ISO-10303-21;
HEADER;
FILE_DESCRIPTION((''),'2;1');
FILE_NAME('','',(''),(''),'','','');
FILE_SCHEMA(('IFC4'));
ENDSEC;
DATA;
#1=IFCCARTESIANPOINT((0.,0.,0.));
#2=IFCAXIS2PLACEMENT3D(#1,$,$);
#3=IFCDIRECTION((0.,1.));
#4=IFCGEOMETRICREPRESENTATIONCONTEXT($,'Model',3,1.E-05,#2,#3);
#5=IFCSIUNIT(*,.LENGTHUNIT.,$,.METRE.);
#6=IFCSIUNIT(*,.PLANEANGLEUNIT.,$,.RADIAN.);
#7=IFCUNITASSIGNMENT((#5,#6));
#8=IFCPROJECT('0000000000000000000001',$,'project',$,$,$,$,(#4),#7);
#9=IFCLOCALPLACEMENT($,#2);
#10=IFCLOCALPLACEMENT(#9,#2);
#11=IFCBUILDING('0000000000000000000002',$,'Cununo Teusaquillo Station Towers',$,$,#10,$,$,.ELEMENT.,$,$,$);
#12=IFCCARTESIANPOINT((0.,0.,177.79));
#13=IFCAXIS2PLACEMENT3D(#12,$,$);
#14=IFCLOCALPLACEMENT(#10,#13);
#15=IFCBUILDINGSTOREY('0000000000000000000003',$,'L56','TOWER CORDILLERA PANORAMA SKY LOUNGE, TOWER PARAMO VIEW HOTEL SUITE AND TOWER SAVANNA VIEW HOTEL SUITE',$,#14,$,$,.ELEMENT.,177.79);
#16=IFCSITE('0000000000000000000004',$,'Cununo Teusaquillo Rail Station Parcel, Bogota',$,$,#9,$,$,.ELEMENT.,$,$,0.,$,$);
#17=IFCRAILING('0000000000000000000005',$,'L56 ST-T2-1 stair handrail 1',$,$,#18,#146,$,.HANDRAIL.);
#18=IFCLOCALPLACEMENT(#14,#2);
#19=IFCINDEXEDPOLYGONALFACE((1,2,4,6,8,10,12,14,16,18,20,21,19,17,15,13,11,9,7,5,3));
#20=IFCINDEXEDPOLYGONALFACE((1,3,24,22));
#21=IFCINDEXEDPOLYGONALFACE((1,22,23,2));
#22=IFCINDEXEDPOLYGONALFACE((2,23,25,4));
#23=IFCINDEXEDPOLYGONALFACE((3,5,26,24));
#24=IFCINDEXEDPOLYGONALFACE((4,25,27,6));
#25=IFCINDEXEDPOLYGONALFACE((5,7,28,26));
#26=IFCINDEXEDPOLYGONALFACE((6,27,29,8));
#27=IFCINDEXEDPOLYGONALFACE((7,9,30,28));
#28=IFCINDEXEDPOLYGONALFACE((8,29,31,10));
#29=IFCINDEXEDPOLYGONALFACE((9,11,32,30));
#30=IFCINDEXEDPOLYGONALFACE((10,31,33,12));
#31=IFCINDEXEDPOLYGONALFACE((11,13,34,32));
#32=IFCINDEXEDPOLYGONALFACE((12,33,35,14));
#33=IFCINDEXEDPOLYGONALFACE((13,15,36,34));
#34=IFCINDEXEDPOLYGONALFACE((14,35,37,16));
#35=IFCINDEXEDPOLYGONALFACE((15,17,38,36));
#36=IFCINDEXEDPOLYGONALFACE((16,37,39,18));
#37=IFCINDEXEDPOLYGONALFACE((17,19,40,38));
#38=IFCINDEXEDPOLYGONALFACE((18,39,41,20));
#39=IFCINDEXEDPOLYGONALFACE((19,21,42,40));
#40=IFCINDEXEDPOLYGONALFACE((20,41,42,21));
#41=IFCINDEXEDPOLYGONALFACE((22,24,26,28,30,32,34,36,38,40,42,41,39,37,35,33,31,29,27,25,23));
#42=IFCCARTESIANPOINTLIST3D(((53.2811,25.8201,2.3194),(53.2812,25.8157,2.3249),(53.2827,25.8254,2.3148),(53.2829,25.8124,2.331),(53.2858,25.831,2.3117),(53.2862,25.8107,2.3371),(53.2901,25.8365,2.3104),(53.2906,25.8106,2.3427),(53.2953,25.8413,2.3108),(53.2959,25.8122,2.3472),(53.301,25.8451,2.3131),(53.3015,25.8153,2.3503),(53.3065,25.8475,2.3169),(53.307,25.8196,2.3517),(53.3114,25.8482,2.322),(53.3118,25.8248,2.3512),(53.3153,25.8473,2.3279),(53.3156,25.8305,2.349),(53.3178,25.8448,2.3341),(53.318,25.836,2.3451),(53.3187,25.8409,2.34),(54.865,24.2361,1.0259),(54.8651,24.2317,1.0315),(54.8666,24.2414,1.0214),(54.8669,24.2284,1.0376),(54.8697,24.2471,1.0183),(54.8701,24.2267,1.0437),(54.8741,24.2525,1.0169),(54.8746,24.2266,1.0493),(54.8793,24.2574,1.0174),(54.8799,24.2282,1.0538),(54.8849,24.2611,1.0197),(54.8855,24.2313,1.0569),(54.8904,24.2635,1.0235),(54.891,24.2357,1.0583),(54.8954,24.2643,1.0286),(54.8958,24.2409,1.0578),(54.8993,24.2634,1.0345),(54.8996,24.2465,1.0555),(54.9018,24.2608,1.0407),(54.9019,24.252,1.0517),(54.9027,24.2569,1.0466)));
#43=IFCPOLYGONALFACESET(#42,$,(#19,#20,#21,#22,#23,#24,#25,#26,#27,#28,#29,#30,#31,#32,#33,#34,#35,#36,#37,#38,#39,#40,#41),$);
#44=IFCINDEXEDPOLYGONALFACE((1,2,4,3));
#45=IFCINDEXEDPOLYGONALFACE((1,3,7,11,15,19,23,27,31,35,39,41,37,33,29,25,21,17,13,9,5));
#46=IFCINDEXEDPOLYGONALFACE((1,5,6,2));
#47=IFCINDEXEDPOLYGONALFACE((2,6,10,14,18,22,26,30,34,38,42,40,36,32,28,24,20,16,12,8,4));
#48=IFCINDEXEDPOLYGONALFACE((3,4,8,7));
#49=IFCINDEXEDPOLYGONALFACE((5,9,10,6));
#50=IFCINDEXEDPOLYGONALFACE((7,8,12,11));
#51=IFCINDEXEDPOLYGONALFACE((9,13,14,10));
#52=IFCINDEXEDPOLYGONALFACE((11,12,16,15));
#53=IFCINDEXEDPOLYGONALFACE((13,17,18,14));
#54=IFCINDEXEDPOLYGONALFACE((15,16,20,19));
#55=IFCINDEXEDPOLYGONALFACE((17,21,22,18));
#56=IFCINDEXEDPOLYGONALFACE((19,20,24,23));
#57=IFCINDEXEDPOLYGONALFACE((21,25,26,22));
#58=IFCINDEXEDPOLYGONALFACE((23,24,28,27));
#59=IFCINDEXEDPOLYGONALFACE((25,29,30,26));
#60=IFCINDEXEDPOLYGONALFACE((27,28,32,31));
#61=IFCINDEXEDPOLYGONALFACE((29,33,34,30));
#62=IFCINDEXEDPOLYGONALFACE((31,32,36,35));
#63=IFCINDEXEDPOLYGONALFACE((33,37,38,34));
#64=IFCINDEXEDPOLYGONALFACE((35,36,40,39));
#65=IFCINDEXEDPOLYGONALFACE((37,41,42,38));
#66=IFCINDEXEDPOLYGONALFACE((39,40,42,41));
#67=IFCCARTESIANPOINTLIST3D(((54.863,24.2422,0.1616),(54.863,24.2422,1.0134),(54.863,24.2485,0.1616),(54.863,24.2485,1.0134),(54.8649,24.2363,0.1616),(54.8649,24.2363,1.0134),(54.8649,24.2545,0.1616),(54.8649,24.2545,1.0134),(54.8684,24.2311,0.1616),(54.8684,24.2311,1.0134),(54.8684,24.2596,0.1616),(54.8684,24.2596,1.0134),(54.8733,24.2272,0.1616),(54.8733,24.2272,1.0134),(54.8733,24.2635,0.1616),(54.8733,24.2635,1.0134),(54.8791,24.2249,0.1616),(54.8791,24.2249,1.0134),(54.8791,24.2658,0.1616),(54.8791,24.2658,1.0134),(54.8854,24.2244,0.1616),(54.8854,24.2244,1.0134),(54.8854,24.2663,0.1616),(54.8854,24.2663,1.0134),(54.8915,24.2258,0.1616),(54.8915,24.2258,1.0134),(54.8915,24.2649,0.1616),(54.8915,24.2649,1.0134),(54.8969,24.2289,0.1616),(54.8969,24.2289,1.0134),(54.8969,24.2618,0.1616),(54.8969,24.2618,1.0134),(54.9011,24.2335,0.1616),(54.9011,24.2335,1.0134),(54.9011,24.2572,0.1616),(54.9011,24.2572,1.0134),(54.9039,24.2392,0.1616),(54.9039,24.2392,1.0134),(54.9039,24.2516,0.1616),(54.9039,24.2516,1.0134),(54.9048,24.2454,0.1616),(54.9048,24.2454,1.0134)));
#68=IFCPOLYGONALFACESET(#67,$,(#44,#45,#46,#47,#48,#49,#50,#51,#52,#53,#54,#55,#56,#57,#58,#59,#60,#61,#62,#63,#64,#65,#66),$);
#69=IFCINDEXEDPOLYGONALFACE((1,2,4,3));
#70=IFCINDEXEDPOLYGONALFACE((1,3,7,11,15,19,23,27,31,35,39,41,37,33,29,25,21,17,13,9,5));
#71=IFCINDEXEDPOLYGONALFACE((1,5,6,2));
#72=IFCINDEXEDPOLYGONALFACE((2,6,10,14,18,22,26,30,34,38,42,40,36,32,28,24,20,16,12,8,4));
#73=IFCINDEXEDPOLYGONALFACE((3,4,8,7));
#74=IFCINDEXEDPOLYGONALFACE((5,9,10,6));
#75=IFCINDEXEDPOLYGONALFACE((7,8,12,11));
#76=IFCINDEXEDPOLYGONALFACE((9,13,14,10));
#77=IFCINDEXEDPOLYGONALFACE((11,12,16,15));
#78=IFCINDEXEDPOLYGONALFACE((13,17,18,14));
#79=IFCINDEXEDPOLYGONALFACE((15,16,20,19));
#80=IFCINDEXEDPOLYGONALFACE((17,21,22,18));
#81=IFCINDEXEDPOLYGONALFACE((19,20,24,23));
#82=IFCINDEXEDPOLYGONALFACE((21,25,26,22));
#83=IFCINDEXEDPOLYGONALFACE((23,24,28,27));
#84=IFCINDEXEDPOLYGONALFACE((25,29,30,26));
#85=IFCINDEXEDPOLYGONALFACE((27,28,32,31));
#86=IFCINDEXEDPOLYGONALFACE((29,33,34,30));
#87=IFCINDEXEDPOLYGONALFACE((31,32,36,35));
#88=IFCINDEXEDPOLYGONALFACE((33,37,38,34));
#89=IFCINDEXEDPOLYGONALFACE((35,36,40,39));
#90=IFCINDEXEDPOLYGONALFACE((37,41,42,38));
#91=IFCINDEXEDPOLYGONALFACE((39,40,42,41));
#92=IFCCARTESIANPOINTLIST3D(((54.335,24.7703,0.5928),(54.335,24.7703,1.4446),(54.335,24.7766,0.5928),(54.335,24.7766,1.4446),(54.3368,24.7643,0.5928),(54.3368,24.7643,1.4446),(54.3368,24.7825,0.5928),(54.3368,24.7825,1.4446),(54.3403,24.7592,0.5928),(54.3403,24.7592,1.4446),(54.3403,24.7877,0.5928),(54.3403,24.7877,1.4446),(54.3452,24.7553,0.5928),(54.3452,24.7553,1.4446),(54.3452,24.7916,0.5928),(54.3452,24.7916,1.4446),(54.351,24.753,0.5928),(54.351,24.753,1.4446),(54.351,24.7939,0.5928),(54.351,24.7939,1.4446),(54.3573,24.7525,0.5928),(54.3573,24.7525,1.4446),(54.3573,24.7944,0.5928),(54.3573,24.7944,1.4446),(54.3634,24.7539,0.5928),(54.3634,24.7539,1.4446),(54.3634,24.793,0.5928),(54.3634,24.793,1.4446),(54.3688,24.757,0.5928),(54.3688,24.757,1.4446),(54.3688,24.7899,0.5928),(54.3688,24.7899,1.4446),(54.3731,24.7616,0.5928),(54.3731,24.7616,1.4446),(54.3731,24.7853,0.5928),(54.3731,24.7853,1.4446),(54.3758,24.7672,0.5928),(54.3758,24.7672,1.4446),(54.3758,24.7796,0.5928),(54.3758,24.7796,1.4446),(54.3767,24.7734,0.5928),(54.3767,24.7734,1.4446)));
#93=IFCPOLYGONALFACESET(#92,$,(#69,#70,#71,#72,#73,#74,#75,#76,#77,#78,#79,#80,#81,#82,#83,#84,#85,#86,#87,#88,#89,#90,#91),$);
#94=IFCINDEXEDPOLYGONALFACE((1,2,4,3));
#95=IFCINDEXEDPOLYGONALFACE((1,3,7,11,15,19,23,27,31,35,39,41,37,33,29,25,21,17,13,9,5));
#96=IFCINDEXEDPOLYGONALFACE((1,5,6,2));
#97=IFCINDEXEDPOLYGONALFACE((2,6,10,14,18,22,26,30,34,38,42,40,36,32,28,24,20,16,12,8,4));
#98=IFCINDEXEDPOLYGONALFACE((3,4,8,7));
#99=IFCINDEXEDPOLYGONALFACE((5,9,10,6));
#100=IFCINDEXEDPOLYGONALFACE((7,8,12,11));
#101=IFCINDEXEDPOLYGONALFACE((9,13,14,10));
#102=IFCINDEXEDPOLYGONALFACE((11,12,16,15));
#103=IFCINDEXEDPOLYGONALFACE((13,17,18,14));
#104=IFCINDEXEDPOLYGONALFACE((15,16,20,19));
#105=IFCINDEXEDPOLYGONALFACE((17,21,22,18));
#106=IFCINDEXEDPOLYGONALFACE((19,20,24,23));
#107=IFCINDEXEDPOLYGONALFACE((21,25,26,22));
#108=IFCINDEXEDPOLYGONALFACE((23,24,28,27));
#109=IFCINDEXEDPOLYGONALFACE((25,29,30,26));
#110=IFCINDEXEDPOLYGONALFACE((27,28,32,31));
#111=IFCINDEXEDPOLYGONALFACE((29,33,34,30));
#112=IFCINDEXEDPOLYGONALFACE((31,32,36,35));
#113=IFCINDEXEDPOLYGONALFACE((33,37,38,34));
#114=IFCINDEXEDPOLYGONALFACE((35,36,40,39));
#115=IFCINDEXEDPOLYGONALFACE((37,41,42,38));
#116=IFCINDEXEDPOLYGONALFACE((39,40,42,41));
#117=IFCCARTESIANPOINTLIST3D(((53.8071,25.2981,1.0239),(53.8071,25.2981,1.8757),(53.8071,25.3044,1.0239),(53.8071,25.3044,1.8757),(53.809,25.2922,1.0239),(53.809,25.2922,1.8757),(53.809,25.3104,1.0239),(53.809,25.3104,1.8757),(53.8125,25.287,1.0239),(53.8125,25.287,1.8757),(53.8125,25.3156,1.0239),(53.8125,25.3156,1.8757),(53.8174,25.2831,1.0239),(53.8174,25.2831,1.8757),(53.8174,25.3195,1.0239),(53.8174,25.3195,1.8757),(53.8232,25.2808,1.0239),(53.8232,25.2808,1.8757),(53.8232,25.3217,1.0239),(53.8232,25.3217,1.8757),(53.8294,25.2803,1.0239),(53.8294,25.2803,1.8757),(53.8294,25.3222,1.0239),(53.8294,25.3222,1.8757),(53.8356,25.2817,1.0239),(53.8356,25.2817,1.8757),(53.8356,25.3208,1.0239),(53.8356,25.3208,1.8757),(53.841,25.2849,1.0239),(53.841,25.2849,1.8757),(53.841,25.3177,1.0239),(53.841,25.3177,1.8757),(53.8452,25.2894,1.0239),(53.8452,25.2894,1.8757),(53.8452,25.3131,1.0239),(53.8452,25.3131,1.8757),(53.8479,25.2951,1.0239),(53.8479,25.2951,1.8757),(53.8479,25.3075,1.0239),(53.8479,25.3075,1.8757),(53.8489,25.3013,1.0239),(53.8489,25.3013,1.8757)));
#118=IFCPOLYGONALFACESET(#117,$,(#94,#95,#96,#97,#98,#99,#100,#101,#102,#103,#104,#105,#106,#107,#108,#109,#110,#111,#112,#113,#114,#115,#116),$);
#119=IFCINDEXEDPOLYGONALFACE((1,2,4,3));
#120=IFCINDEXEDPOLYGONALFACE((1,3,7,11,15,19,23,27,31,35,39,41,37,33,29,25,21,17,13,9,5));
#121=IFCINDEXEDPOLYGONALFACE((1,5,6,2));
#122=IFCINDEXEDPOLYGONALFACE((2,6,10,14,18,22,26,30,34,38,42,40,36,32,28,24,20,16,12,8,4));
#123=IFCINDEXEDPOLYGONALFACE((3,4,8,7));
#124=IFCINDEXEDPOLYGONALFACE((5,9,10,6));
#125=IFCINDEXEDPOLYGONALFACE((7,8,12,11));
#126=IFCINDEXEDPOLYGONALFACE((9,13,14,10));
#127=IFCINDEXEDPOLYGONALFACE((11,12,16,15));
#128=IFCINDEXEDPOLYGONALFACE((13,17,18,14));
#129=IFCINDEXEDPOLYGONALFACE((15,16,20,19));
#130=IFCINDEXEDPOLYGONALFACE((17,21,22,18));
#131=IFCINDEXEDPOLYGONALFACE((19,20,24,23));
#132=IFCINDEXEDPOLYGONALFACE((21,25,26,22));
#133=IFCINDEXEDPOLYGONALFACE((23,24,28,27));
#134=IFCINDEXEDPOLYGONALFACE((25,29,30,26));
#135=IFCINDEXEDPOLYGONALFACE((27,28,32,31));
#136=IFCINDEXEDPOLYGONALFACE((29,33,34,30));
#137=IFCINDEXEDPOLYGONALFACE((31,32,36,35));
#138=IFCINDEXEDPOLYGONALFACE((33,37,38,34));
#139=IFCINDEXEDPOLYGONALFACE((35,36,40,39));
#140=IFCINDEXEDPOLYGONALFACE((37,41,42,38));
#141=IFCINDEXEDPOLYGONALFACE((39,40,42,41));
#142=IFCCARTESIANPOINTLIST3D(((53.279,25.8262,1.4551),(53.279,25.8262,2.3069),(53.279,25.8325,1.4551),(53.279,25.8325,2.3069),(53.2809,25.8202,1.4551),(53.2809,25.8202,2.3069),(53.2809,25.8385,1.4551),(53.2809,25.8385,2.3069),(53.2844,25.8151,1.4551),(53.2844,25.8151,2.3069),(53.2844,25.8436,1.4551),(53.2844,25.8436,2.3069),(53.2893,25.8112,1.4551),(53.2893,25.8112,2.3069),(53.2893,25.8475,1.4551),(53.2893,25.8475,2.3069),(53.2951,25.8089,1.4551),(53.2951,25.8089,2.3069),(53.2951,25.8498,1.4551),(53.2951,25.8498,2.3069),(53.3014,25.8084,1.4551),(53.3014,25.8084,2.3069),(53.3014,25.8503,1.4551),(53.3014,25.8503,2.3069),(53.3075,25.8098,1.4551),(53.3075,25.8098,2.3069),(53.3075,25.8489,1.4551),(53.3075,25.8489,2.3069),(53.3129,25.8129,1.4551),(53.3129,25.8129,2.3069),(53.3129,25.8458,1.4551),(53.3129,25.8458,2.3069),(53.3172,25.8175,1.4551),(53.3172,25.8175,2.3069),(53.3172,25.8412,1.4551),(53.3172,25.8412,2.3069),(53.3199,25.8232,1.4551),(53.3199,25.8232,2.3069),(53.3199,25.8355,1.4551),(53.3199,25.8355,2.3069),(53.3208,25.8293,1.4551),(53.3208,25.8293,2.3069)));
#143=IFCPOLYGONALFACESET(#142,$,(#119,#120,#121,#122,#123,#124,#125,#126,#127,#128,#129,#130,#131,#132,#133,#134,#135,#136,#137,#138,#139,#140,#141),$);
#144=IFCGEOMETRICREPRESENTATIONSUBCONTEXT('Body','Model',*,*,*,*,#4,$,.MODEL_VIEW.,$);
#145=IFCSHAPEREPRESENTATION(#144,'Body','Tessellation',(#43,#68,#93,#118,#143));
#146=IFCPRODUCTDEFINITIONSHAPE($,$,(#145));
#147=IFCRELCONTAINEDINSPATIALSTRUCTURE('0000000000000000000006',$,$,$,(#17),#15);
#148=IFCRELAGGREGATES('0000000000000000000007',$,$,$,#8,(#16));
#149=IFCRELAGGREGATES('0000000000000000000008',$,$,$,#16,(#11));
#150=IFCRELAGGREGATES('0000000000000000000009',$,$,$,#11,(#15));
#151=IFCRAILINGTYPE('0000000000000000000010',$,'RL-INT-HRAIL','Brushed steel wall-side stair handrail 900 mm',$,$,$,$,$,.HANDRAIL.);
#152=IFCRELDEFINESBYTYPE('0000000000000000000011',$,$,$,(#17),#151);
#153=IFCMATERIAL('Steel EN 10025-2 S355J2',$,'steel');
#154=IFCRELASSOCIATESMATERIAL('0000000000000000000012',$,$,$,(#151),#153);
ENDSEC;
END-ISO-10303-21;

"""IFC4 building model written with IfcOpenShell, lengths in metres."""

from ifc_helpers import new_model, si_unit, direction, frame, origin, origin_2d, place, context, subcontext, project, spatial, circle, extrude, material, type_object, element, save


model = new_model("IFC4")

# Units and contexts
model_context = context("Model", 3, precision=1e-05, world=origin(), true_north=direction((0.0, 1.0)))
body_context = subcontext(model_context, "Body", "Model", "MODEL_VIEW")
ifc_project = project(units=[si_unit("LENGTHUNIT", "METRE"), si_unit("PLANEANGLEUNIT", "RADIAN")], contexts=[model_context])

# Site, building, storey
site_placement = place(None, origin())
site = spatial("IfcSite", under=ifc_project, at=site_placement, Name="Cununo Teusaquillo Rail Station Parcel, Bogota", CompositionType="ELEMENT", RefElevation=0.0)
building_placement = place(site_placement, origin())
building = spatial("IfcBuilding", under=site, at=building_placement, Name="Cununo Teusaquillo Station Towers", CompositionType="ELEMENT")
storey_placement = place(building_placement, frame((0.0, 0.0, 177.79)))
storey = spatial("IfcBuildingStorey", under=building, at=storey_placement, Name="L56", Description="TOWER CORDILLERA PANORAMA SKY LOUNGE, TOWER PARAMO VIEW HOTEL SUITE AND TOWER SAVANNA VIEW HOTEL SUITE", CompositionType="ELEMENT", Elevation=177.79)

# Railing
ifc_material_1 = material(Name="Steel EN 10025-2 S355J2", Category="steel")
railing_type_1 = type_object("IfcRailingType", Name="RL-INT-HRAIL", Description="Brushed steel wall-side stair handrail 900 mm", PredefinedType="HANDRAIL", material=ifc_material_1)
railing_1_placement = place(storey_placement, frame((54.8838, 24.2454, 0.1616)))
element("IfcRailing", 1, at=railing_1_placement, inside=storey, type_object=railing_type_1, Name="L56 ST-T2-1 stair handrail 1", PredefinedType="HANDRAIL", context=body_context, shape_type="SweptSolid", body=[
    extrude(circle(Radius=0.0239, at=origin_2d()), frame((0.0, 0.0, 0.876), z_axis=(-0.612356, 0.612356, 0.50004), x_axis=(-0.707107, -0.707107, 0.0)), (0.0, 0.0, 1.0), 2.5867),
    extrude(circle(Radius=0.021, at=origin_2d()), origin(), (0.0, 0.0, 1.0), 0.8518),
    extrude(circle(Radius=0.021, at=origin_2d()), frame((-0.5281, 0.5281, 0.4312)), (0.0, 0.0, 1.0), 0.8518),
    extrude(circle(Radius=0.021, at=origin_2d()), frame((-1.0559, 1.0559, 0.8623)), (0.0, 0.0, 1.0), 0.8518),
    extrude(circle(Radius=0.021, at=origin_2d()), frame((-1.584, 1.584, 1.2935)), (0.0, 0.0, 1.0), 0.8518),
])

save(model, "model.ifc")
